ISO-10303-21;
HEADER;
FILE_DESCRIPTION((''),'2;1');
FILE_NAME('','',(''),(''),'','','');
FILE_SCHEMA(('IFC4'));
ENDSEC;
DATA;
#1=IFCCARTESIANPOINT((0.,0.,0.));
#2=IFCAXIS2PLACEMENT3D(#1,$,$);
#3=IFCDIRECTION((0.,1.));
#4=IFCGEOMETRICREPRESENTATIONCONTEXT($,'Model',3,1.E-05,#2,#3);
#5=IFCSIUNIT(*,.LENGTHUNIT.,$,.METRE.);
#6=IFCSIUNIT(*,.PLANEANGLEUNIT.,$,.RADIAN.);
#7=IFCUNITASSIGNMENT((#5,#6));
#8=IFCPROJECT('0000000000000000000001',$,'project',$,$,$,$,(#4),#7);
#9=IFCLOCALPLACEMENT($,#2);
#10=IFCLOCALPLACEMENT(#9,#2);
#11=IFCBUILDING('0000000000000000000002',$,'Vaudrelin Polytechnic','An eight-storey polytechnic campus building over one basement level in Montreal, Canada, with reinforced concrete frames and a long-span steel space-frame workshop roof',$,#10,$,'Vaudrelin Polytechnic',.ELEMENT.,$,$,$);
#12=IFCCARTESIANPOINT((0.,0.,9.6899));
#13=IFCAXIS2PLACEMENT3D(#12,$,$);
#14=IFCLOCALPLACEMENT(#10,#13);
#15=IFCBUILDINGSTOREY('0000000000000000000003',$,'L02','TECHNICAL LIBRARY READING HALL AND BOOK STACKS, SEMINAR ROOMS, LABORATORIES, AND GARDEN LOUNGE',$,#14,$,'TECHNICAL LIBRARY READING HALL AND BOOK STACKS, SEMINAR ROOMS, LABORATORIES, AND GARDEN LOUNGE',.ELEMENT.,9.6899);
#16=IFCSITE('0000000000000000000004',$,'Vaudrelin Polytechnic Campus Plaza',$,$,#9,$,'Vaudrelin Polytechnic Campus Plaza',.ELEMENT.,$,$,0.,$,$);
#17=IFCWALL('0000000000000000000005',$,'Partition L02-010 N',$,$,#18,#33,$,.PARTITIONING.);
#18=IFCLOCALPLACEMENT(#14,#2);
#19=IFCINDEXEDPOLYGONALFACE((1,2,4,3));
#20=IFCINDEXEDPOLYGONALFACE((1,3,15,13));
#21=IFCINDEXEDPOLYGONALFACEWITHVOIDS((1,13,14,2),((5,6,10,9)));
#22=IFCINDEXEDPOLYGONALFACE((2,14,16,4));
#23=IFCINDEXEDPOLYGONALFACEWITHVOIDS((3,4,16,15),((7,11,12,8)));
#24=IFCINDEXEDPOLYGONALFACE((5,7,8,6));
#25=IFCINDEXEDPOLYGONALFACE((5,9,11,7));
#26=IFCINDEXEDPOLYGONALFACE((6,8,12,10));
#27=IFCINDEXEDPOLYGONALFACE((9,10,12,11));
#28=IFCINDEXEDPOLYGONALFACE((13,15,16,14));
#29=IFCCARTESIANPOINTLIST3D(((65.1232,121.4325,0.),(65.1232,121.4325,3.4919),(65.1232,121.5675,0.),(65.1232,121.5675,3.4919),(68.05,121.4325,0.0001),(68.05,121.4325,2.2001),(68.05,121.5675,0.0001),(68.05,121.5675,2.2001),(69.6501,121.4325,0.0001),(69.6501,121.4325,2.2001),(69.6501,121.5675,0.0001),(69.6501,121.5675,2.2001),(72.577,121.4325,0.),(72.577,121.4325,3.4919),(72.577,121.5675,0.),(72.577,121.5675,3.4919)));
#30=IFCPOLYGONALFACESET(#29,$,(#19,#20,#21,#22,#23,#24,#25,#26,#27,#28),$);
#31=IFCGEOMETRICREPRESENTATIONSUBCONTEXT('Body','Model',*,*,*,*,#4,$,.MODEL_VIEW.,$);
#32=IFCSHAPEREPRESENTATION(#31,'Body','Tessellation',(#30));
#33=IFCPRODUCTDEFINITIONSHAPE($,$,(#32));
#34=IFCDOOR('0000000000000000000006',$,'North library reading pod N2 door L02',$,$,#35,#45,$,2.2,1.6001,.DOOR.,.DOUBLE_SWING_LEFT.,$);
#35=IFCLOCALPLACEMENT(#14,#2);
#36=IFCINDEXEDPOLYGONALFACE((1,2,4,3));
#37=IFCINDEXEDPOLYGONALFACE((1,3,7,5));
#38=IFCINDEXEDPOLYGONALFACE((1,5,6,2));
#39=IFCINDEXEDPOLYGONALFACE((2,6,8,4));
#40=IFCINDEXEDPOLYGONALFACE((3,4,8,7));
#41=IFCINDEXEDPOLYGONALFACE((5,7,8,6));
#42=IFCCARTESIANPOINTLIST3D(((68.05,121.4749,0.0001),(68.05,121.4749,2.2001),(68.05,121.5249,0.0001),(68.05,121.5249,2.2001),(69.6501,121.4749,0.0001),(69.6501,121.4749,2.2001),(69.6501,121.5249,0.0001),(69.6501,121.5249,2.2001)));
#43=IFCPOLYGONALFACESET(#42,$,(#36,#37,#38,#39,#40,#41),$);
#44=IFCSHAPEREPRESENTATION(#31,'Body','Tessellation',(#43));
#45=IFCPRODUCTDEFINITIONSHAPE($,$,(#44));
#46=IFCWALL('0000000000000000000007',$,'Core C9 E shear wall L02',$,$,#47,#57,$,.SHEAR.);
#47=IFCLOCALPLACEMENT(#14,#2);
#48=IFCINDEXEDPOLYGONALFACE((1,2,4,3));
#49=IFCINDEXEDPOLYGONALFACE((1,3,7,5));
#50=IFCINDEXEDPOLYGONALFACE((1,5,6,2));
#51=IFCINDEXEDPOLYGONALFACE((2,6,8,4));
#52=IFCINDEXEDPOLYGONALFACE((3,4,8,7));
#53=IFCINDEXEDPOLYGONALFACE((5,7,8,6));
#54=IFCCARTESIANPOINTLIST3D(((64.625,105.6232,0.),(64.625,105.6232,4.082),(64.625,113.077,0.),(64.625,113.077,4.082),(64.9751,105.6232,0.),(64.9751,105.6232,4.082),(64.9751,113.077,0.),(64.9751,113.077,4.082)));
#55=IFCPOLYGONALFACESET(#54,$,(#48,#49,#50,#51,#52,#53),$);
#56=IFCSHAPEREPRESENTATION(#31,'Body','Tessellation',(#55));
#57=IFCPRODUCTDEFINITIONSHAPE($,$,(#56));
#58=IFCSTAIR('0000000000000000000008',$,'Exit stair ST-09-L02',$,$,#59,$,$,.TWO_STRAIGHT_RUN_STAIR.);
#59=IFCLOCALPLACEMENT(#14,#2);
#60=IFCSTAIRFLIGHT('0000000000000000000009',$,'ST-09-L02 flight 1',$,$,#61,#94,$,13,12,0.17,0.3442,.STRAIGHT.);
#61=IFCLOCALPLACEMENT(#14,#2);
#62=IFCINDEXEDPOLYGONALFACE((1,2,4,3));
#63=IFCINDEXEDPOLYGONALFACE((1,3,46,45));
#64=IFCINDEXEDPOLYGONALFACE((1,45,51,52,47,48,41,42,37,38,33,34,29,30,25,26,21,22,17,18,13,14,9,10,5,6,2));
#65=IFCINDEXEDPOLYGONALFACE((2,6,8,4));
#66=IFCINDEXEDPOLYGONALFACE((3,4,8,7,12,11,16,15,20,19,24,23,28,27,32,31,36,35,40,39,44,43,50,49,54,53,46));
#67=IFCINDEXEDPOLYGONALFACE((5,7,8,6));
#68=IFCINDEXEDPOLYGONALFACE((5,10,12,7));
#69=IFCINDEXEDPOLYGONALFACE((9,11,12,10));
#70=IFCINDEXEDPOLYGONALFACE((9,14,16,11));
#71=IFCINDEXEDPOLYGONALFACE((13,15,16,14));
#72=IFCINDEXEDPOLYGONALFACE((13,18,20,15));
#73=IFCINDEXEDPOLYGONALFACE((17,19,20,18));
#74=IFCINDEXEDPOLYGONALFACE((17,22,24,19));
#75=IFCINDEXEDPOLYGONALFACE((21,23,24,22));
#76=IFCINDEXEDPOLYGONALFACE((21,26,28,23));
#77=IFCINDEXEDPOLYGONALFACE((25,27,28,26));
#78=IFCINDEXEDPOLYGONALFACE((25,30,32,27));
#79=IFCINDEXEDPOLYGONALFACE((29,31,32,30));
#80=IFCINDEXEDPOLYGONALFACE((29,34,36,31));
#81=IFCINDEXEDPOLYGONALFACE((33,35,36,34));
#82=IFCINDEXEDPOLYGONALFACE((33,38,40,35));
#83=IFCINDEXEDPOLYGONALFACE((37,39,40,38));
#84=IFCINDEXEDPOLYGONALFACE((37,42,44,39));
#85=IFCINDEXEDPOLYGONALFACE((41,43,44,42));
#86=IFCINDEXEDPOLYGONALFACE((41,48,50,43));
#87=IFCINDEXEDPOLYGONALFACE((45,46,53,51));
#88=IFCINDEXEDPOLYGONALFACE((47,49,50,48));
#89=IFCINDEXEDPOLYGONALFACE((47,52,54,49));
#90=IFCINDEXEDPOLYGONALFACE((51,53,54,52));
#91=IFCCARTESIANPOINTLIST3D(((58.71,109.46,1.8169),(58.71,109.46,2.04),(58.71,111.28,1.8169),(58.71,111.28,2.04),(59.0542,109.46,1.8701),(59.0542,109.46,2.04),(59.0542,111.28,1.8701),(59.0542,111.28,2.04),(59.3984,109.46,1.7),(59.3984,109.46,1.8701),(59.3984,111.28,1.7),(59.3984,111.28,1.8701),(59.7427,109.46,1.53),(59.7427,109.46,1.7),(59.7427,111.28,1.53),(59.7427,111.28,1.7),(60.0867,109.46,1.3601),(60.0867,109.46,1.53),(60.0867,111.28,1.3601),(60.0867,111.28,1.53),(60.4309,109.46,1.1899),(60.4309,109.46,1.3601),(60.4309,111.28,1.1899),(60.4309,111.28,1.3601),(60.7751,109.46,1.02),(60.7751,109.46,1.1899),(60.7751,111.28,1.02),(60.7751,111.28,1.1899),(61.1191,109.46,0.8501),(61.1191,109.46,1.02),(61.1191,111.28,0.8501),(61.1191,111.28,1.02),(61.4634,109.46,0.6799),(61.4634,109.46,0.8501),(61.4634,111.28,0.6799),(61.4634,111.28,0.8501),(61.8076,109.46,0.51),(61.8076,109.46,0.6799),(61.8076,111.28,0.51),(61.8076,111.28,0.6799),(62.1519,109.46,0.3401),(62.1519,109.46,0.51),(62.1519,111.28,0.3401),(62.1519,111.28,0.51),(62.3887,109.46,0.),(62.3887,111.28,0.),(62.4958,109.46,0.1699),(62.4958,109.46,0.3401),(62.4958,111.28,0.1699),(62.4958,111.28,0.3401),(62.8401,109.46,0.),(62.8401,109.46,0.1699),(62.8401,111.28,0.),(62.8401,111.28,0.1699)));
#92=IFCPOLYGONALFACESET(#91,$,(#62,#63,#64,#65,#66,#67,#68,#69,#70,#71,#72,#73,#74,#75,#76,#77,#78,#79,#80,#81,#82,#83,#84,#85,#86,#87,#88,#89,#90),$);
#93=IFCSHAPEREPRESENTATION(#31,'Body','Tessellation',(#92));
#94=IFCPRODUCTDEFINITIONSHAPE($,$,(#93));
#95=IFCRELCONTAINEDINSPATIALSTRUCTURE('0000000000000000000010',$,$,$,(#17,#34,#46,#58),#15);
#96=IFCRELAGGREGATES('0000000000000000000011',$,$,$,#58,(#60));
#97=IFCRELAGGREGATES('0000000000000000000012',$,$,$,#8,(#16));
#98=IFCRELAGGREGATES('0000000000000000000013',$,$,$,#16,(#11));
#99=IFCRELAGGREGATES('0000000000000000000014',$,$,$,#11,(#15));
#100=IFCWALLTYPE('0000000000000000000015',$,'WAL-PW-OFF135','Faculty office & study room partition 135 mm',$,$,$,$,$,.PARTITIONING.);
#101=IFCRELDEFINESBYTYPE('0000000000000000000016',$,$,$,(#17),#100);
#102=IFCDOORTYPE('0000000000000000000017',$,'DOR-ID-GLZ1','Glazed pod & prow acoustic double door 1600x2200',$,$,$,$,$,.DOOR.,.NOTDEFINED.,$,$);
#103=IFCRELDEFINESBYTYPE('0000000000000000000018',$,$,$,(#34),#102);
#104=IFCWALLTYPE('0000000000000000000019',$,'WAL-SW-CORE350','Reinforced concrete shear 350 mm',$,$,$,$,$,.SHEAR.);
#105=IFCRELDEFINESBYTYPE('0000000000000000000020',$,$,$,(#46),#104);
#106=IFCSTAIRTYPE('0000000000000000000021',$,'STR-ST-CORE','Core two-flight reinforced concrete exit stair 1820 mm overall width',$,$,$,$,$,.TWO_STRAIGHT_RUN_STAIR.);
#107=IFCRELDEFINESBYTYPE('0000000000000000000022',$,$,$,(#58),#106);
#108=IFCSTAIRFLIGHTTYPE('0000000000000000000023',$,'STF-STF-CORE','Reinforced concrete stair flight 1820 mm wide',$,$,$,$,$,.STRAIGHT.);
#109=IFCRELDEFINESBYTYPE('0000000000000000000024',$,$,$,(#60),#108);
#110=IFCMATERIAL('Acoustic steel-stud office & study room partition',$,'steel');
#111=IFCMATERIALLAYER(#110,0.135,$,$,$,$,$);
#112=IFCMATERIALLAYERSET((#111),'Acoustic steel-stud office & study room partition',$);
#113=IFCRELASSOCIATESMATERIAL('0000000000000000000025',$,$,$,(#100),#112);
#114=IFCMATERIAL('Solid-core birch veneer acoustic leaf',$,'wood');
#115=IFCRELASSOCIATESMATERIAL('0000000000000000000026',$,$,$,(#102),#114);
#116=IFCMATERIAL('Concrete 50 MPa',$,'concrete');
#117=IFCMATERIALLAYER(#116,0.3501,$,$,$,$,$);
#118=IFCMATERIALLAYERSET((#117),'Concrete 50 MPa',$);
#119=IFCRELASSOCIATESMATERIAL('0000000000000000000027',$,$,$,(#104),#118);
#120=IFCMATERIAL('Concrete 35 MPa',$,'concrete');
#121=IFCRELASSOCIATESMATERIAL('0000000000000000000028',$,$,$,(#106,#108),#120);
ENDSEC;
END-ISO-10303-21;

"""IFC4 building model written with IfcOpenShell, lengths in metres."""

from ifc_helpers import new_model, si_unit, direction, frame, frame_2d, origin, place, context, subcontext, project, spatial, polyline, rectangle, outline, extrude, material, layer, layer_set, type_object, element, fill, aggregate, save


model = new_model("IFC4")

# Units and contexts
model_context = context("Model", 3, precision=1e-05, world=origin(), true_north=direction((0.0, 1.0)))
body_context = subcontext(model_context, "Body", "Model", "MODEL_VIEW")
ifc_project = project(units=[si_unit("LENGTHUNIT", "METRE"), si_unit("PLANEANGLEUNIT", "RADIAN")], contexts=[model_context])

# Site, building, storey
site_placement = place(None, origin())
site = spatial("IfcSite", under=ifc_project, at=site_placement, Name="Vaudrelin Polytechnic Campus Plaza", LongName="Vaudrelin Polytechnic Campus Plaza", CompositionType="ELEMENT", RefElevation=0.0)
building_placement = place(site_placement, origin())
building = spatial("IfcBuilding", under=site, at=building_placement, Name="Vaudrelin Polytechnic", Description="An eight-storey polytechnic campus building over one basement level in Montreal, Canada, with reinforced concrete frames and a long-span steel space-frame workshop roof", LongName="Vaudrelin Polytechnic", CompositionType="ELEMENT")
storey_placement = place(building_placement, frame((0.0, 0.0, 9.6899)))
storey = spatial("IfcBuildingStorey", under=building, at=storey_placement, Name="L02", Description="TECHNICAL LIBRARY READING HALL AND BOOK STACKS, SEMINAR ROOMS, LABORATORIES, AND GARDEN LOUNGE", LongName="TECHNICAL LIBRARY READING HALL AND BOOK STACKS, SEMINAR ROOMS, LABORATORIES, AND GARDEN LOUNGE", CompositionType="ELEMENT", Elevation=9.6899)

# Shared definitions
ifc_material_1 = material(Name="Concrete 50 MPa", Category="concrete")

# Wall, opening, door
ifc_material_2 = material(Name="Acoustic steel-stud office & study room partition", Category="steel")
ifc_layer_1 = layer(ifc_material_2, 0.135)
ifc_layer_set_1 = layer_set([ifc_layer_1], Name="Acoustic steel-stud office & study room partition")
wall_type_1 = type_object("IfcWallType", Name="WAL-PW-OFF135", Description="Faculty office & study room partition 135 mm", PredefinedType="PARTITIONING", material=ifc_layer_set_1)
ifc_material_3 = material(Name="Solid-core birch veneer acoustic leaf", Category="wood")
wall_1_placement = place(storey_placement, frame((65.123, 121.5, 0.0), z_axis=(0.0, 0.0, 1.0), x_axis=(1.0, 0.0, 0.0)))
wall_1 = element("IfcWall", 1, at=wall_1_placement, inside=storey, type_object=wall_type_1, Name="Partition L02-010 N", PredefinedType="PARTITIONING", context=body_context, shape_type="SweptSolid", body=[
    extrude(rectangle(XDim=7.4539, YDim=0.135, at=frame_2d((3.7271, 0.0))), origin(), (0.0, 0.0, 1.0), 3.4919),
])
opening_1_placement = place(wall_1_placement, frame((2.927, 0.0, 0.0)))
opening_1 = element("IfcOpeningElement", 2, at=opening_1_placement, cuts=wall_1, PredefinedType="OPENING", context=body_context, shape_type="SweptSolid", body=[
    extrude(rectangle(XDim=1.6001, YDim=2.2, at=frame_2d((0.8, 1.1001))), frame((0.0, 0.0776, 0.0), z_axis=(0.0, -1.0, 0.0), x_axis=(1.0, 0.0, 0.0)), (0.0, 0.0, 1.0), 0.155),
])
door_type_1 = type_object("IfcDoorType", Name="DOR-ID-GLZ1", Description="Glazed pod & prow acoustic double door 1600x2200", OperationType="NOTDEFINED", PredefinedType="DOOR", material=ifc_material_3)
door_1_placement = place(opening_1_placement, origin())
door_1 = element("IfcDoor", 3, at=door_1_placement, inside=storey, type_object=door_type_1, Name="North library reading pod N2 door L02", OperationType="DOUBLE_SWING_LEFT", OverallHeight=2.2, OverallWidth=1.6001, PredefinedType="DOOR", context=body_context, shape_type="SweptSolid", body=[
    extrude(rectangle(XDim=1.6001, YDim=2.2, at=frame_2d((0.8, 1.1001))), frame((0.0, 0.0249, 0.0), z_axis=(0.0, -1.0, 0.0), x_axis=(1.0, 0.0, 0.0)), (0.0, 0.0, 1.0), 0.05),
])
fill(opening_1, door_1)

# Wall
ifc_layer_2 = layer(ifc_material_1, 0.3501)
ifc_layer_set_2 = layer_set([ifc_layer_2], Name="Concrete 50 MPa")
wall_type_2 = type_object("IfcWallType", Name="WAL-SW-CORE350", Description="Reinforced concrete shear 350 mm", PredefinedType="SHEAR", material=ifc_layer_set_2)
wall_2_placement = place(storey_placement, frame((64.8, 105.623, 0.0), z_axis=(0.0, 0.0, 1.0), x_axis=(0.0, 1.0, 0.0)))
element("IfcWall", 4, at=wall_2_placement, inside=storey, type_object=wall_type_2, Name="Core C9 E shear wall L02", PredefinedType="SHEAR", context=body_context, shape_type="SweptSolid", body=[
    extrude(rectangle(XDim=7.4539, YDim=0.3501, at=frame_2d((3.7271, 0.0))), origin(), (0.0, 0.0, 1.0), 4.082),
])

# Stair, stair flight
ifc_material_4 = material(Name="Concrete 35 MPa", Category="concrete")
stair_type = type_object("IfcStairType", Name="STR-ST-CORE", Description="Core two-flight reinforced concrete exit stair 1820 mm overall width", PredefinedType="TWO_STRAIGHT_RUN_STAIR", material=ifc_material_4)
stair_placement = place(storey_placement, origin())
stair = element("IfcStair", 5, at=stair_placement, inside=storey, type_object=stair_type, Name="Exit stair ST-09-L02", PredefinedType="TWO_STRAIGHT_RUN_STAIR")
stair_flight_type = type_object("IfcStairFlightType", Name="STF-STF-CORE", Description="Reinforced concrete stair flight 1820 mm wide", PredefinedType="STRAIGHT", material=ifc_material_4)
stair_flight_placement = place(storey_placement, frame((62.8401, 110.3701, 0.0), z_axis=(0.0, 0.0, 1.0), x_axis=(-1.0, 0.0, 0.0)))
stair_flight = element("IfcStairFlight", 6, at=stair_flight_placement, type_object=stair_flight_type, Name="ST-09-L02 flight 1", NumberOfRisers=13, NumberOfTreads=12, PredefinedType="STRAIGHT", RiserHeight=0.17, TreadLength=0.3442, context=body_context, shape_type="SweptSolid", body=[
    extrude(outline(polyline([(0.0, 0.0), (0.0, 0.1699), (0.3442, 0.1699), (0.3442, 0.3401), (0.6882, 0.3401), (0.6882, 0.51), (1.0325, 0.51), (1.0325, 0.6799), (1.3767, 0.6799), (1.3767, 0.8501), (1.7209, 0.8501), (1.7209, 1.02), (2.0649, 1.02), (2.0649, 1.1899), (2.4092, 1.1899), (2.4092, 1.3601), (2.7534, 1.3601), (2.7534, 1.53), (3.0974, 1.53), (3.0974, 1.7), (3.4417, 1.7), (3.4417, 1.8701), (3.7859, 1.8701), (3.7859, 2.04), (4.1301, 2.04), (4.1301, 2.21), (4.1301, 1.8169), (0.4514, 0.0), (0.0, 0.0)])), frame((0.0, 0.9102, 0.0), z_axis=(0.0, -1.0, 0.0), x_axis=(1.0, 0.0, 0.0)), (0.0, 0.0, 1.0), 1.8201),
])
aggregate(stair, [stair_flight])

save(model, "model.ifc")
